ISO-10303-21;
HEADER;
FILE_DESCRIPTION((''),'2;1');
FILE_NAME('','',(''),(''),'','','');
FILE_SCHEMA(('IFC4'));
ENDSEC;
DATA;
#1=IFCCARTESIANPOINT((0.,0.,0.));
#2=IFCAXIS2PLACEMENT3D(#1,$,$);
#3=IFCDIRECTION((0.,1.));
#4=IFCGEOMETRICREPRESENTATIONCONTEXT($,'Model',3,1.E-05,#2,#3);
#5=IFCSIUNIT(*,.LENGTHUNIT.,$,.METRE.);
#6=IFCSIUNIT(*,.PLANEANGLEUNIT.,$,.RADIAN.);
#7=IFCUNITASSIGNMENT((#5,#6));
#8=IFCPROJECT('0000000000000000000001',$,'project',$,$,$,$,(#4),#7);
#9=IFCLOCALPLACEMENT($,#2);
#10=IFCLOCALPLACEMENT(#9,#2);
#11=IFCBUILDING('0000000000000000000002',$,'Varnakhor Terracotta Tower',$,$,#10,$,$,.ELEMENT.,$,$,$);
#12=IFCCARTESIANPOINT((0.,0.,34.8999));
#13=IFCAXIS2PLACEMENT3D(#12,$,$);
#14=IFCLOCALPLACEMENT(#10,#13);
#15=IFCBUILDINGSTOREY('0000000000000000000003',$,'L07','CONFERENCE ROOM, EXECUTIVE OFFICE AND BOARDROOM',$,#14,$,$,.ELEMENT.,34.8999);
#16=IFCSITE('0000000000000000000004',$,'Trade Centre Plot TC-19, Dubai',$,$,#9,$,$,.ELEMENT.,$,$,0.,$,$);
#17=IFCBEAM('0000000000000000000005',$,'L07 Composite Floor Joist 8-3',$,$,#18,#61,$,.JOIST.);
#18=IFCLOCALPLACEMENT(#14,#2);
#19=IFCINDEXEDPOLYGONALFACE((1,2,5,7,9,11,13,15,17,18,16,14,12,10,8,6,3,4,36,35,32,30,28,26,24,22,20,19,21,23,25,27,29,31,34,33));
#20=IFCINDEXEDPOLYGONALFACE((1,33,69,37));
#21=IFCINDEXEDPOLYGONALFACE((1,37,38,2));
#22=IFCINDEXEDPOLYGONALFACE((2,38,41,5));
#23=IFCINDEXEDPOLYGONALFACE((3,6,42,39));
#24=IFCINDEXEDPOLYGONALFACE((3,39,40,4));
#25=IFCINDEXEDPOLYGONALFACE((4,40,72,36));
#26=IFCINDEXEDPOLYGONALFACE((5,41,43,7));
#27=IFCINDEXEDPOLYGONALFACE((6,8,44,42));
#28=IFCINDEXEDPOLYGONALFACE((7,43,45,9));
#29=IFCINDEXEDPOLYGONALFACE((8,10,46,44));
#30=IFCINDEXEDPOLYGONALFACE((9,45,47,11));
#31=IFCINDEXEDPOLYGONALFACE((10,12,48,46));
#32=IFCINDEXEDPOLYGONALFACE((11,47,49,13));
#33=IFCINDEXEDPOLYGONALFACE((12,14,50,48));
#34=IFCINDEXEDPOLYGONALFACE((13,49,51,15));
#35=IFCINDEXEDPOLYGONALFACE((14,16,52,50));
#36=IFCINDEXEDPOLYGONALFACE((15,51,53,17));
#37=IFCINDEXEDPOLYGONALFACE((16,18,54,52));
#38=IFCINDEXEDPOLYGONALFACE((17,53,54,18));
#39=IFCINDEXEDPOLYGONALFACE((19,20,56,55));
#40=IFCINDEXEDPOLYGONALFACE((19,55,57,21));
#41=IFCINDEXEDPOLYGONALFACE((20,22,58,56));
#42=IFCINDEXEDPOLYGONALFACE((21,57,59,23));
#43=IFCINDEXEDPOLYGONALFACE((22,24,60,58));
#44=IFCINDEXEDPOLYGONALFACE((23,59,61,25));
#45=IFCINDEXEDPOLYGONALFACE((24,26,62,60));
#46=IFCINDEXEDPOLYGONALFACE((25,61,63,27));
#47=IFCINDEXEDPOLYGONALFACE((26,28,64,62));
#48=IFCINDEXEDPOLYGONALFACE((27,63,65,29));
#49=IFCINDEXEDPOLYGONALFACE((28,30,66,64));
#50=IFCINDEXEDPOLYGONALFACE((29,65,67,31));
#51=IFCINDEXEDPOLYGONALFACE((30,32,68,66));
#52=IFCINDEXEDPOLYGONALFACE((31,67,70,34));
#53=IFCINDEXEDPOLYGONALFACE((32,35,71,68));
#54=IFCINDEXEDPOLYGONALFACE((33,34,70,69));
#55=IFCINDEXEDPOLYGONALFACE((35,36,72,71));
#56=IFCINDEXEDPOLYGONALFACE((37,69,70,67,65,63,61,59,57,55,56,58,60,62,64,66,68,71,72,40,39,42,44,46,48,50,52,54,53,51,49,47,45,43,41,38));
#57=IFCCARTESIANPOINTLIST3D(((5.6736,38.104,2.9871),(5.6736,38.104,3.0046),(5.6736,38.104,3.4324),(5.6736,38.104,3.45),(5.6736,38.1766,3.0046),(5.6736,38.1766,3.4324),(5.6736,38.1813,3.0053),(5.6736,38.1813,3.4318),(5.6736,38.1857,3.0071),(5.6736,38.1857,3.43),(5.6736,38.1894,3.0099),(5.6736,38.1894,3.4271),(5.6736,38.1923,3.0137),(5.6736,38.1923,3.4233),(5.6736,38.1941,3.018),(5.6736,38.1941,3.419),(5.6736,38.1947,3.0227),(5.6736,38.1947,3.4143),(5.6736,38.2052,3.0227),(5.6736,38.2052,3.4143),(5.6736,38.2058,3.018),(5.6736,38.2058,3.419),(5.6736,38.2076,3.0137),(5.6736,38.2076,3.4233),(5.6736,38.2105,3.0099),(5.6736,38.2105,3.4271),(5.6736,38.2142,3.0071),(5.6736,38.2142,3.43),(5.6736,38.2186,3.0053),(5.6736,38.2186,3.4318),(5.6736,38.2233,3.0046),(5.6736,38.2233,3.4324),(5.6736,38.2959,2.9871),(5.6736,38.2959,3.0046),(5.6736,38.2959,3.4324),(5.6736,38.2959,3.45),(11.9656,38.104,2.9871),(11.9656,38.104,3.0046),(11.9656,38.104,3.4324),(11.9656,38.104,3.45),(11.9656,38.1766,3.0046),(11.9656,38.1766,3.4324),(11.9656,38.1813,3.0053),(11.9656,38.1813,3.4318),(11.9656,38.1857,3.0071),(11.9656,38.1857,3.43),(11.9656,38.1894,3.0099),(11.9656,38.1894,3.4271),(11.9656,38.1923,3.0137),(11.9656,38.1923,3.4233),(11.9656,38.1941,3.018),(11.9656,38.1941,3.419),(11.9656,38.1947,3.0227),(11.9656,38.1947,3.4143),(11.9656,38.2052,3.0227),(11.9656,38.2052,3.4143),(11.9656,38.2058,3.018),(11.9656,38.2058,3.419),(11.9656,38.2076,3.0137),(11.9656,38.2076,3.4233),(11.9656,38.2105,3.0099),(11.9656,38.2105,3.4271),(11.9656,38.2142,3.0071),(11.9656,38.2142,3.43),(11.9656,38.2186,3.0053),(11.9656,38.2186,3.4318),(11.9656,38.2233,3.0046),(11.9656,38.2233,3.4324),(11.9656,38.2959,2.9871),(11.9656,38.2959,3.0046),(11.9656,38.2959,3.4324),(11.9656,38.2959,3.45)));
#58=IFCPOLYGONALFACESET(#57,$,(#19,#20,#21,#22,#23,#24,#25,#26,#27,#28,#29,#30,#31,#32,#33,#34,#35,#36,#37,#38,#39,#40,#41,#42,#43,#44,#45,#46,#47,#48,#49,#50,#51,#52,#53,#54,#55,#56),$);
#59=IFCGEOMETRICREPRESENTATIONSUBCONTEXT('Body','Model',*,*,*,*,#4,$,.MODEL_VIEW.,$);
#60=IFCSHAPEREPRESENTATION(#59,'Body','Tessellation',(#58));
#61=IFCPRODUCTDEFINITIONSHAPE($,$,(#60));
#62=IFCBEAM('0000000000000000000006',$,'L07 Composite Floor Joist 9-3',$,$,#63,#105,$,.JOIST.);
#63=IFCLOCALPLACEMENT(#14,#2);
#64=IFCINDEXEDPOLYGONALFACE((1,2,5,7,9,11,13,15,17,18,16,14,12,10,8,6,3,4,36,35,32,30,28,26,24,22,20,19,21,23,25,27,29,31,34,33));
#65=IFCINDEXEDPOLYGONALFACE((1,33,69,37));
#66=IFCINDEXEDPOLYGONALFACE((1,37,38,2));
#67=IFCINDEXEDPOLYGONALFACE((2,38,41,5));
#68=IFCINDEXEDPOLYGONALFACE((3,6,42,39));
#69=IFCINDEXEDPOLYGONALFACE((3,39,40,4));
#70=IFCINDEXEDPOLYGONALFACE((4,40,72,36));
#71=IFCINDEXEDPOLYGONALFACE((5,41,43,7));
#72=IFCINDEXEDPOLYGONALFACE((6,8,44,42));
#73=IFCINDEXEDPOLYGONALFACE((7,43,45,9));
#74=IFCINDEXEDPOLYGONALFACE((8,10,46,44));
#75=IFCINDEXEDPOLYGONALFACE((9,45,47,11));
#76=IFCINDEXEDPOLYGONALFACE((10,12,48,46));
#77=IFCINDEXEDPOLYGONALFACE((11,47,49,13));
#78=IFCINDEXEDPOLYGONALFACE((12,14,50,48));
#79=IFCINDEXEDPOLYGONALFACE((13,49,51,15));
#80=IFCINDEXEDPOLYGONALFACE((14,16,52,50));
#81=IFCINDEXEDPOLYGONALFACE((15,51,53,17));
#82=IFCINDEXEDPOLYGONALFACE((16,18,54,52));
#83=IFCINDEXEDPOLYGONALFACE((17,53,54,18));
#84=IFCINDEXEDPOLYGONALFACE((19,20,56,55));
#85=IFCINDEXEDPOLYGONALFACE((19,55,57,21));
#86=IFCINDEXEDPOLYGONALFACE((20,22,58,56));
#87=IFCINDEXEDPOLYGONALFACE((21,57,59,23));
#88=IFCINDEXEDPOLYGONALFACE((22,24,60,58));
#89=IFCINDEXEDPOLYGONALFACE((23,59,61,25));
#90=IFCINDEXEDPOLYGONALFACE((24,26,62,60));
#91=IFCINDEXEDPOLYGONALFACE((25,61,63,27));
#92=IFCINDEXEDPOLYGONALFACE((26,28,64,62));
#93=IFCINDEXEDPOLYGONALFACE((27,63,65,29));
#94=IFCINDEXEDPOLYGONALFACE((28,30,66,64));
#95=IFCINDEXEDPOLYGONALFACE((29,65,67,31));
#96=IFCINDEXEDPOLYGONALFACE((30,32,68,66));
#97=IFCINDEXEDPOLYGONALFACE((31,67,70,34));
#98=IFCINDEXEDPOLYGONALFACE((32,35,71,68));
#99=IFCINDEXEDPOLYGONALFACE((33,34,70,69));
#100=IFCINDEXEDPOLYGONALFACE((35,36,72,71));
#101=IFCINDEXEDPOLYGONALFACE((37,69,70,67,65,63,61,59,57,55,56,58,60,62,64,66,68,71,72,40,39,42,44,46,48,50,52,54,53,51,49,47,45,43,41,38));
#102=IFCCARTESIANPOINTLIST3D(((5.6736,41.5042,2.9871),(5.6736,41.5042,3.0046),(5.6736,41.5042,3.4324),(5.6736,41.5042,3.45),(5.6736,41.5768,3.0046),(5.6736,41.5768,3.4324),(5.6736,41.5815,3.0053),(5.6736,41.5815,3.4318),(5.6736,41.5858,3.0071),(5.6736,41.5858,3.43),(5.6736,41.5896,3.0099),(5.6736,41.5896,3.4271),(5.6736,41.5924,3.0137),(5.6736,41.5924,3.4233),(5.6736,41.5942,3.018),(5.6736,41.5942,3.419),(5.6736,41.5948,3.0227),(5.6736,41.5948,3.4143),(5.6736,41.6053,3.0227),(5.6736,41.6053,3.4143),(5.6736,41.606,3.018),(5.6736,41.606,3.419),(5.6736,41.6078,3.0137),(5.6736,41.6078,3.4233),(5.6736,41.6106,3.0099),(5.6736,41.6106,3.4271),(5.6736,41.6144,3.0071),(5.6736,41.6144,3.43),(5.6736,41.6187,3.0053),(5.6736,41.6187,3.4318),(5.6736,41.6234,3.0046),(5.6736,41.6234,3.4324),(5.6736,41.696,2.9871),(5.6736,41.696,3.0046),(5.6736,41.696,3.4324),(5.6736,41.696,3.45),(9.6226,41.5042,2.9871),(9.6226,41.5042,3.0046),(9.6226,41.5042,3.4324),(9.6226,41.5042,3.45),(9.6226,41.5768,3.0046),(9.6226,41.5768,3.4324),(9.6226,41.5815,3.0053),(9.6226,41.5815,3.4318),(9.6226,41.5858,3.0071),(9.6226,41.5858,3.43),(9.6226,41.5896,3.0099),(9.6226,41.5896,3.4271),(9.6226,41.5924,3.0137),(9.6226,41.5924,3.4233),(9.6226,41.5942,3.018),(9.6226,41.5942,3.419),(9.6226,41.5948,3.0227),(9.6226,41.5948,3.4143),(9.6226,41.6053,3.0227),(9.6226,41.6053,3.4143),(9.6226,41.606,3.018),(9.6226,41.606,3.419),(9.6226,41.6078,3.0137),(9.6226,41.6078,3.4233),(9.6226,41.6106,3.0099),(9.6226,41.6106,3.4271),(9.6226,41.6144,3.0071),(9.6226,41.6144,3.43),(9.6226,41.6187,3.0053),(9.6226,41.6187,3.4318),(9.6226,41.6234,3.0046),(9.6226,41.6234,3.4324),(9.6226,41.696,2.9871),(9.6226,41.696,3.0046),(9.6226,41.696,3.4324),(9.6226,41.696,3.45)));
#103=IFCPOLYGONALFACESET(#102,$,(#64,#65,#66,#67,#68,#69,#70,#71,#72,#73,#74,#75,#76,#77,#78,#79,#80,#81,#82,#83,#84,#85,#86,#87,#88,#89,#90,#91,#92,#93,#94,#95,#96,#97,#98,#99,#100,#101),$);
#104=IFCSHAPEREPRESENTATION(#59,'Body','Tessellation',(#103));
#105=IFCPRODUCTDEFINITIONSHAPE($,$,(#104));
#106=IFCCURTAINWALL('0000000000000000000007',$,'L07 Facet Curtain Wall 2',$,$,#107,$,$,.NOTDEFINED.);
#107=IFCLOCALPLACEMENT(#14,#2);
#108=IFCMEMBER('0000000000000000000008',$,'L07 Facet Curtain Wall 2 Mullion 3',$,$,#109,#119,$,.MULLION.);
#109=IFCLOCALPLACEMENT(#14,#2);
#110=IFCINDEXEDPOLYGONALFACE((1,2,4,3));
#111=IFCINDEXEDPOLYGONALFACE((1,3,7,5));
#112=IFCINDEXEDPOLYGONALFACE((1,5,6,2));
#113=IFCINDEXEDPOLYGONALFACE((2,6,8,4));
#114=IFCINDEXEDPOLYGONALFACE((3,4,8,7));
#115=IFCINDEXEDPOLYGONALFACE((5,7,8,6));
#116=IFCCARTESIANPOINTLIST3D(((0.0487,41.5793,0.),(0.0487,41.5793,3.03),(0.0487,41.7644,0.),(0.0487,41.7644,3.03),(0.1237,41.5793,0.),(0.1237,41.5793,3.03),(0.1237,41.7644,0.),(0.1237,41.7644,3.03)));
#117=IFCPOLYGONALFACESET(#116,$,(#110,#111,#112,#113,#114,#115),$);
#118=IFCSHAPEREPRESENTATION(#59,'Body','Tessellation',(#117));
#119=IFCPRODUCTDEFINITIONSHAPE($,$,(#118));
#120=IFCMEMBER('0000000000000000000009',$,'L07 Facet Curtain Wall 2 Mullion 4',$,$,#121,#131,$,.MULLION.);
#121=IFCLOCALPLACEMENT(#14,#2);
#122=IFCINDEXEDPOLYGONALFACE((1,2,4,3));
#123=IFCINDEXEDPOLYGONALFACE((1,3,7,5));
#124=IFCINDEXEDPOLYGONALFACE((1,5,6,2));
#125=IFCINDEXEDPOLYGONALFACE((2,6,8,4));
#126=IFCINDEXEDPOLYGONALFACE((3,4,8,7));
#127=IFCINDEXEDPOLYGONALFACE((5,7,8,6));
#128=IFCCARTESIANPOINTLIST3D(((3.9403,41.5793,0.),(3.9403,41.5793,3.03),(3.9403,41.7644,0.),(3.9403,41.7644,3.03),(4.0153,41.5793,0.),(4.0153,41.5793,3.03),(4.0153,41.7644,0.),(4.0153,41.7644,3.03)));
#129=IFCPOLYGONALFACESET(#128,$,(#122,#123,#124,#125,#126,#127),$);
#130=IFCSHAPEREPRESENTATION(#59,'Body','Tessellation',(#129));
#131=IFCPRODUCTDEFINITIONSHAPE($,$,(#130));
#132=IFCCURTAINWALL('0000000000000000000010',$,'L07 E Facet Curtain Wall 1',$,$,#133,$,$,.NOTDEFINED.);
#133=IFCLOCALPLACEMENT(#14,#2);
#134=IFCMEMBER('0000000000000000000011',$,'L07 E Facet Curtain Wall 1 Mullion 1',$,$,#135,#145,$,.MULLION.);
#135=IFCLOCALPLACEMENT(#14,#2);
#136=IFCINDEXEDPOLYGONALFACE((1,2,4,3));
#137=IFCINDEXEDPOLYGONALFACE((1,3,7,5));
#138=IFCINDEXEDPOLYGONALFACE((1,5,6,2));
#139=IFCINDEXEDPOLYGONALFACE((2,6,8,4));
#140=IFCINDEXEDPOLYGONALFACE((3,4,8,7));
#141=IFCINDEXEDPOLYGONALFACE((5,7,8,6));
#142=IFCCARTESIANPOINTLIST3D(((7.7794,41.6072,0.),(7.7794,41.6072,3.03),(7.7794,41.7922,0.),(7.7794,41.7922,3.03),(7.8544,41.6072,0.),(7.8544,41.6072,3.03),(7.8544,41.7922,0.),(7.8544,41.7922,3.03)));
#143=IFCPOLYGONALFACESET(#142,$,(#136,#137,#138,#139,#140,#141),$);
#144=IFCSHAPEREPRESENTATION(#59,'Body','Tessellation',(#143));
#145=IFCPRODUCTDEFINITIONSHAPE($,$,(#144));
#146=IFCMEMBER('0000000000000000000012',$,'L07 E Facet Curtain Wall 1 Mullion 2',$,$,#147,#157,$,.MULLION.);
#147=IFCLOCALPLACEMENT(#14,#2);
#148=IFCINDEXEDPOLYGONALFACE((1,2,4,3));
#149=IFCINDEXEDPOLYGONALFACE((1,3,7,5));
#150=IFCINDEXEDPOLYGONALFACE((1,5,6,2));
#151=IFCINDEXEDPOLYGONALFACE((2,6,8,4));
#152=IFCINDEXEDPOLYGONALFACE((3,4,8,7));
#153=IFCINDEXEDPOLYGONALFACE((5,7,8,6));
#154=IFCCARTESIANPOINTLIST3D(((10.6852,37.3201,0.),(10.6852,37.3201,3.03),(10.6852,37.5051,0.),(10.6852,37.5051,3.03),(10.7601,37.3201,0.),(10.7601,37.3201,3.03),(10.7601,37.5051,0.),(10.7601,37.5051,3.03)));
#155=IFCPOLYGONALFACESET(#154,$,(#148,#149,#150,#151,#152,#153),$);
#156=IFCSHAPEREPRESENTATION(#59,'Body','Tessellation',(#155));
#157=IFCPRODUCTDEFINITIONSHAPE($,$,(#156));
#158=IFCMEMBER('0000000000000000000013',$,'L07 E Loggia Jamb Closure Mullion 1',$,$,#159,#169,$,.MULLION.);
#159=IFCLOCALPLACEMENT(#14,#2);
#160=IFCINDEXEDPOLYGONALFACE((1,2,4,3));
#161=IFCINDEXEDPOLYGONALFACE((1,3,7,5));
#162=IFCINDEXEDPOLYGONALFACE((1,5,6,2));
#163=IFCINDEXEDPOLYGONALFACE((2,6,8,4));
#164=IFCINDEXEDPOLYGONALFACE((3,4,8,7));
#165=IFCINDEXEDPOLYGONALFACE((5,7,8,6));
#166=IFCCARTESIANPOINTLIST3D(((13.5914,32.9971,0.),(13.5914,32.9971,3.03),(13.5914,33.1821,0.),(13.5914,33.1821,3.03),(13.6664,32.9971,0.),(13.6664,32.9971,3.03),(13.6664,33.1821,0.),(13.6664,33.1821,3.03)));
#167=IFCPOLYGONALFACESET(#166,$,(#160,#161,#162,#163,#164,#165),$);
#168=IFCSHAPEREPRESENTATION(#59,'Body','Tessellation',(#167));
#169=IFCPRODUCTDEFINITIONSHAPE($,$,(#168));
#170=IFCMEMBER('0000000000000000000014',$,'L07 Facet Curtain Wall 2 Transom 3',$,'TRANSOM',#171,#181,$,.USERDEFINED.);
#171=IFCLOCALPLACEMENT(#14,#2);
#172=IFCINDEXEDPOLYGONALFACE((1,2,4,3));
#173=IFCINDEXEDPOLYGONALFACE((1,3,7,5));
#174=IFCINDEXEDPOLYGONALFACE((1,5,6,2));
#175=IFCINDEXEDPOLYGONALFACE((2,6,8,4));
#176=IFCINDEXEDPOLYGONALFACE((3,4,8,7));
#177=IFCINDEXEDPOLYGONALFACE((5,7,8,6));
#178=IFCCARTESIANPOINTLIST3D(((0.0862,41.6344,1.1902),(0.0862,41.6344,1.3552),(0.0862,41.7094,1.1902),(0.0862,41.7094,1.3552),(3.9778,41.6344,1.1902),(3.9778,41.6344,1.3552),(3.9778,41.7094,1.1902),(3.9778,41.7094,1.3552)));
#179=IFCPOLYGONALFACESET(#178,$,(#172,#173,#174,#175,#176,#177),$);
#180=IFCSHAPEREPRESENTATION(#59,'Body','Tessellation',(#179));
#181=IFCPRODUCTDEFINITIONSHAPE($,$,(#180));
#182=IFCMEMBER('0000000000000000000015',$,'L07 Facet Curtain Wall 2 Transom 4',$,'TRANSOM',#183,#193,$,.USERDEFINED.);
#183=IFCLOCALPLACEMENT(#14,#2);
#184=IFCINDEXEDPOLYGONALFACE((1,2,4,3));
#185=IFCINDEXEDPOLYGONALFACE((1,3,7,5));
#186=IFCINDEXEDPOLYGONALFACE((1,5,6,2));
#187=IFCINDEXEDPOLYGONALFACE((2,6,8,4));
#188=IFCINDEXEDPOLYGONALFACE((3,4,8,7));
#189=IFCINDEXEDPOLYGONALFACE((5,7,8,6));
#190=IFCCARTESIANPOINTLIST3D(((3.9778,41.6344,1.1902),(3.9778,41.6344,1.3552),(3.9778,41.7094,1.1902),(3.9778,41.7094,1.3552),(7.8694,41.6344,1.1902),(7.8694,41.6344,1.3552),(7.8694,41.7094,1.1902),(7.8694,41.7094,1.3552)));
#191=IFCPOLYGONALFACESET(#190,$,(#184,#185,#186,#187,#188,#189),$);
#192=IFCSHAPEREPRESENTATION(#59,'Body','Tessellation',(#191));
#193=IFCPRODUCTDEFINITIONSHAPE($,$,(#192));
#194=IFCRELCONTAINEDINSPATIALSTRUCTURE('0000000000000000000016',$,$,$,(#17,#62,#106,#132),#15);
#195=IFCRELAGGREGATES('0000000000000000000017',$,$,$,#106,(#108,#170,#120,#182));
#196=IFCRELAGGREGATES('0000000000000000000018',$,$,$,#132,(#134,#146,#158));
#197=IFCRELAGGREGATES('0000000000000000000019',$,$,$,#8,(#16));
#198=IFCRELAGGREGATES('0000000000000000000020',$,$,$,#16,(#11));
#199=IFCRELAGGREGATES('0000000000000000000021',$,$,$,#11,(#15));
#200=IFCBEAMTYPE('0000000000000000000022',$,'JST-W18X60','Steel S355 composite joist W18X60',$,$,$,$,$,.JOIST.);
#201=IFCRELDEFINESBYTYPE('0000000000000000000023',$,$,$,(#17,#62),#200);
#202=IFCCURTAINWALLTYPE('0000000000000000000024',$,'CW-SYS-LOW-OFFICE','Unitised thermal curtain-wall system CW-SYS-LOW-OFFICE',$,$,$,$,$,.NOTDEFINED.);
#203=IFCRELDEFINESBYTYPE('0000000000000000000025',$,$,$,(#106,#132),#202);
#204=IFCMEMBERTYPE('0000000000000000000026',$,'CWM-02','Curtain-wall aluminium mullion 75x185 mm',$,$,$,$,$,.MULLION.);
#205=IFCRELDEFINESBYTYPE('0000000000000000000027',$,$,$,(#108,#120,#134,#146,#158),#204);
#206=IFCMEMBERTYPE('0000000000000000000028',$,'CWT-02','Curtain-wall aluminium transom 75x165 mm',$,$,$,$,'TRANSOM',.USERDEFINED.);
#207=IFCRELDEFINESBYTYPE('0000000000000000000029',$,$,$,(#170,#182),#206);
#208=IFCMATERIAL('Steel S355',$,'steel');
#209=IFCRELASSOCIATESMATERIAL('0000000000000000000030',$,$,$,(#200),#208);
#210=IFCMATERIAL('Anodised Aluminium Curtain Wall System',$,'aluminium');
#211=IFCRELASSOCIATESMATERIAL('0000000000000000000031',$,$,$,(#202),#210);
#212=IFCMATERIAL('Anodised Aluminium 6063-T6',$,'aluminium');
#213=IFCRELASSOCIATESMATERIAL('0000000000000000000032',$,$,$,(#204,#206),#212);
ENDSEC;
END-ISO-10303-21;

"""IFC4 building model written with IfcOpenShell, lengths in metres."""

from ifc_helpers import new_model, si_unit, direction, frame, origin, origin_2d, place, context, subcontext, project, spatial, rectangle, i_section, extrude, source, transform, mapped, material, material_profile, profile_set, type_object, type_shapes, element, aggregate, save


model = new_model("IFC4")

# Units and contexts
model_context = context("Model", 3, precision=1e-05, world=origin(), true_north=direction((0.0, 1.0)))
body_context = subcontext(model_context, "Body", "Model", "MODEL_VIEW")
ifc_project = project(units=[si_unit("LENGTHUNIT", "METRE"), si_unit("PLANEANGLEUNIT", "RADIAN")], contexts=[model_context])

# Site, building, storey
site_placement = place(None, origin())
site = spatial("IfcSite", under=ifc_project, at=site_placement, Name="Trade Centre Plot TC-19, Dubai", CompositionType="ELEMENT", RefElevation=0.0)
building_placement = place(site_placement, origin())
building = spatial("IfcBuilding", under=site, at=building_placement, Name="Varnakhor Terracotta Tower", CompositionType="ELEMENT")
storey_placement = place(building_placement, frame((0.0, 0.0, 34.8999)))
storey = spatial("IfcBuildingStorey", under=building, at=storey_placement, Name="L07", Description="CONFERENCE ROOM, EXECUTIVE OFFICE AND BOARDROOM", CompositionType="ELEMENT", Elevation=34.8999)

# Beams
ifc_material_1 = material(Name="Steel S355", Category="steel")
ifc_material_profile_1 = material_profile(ifc_material_1, i_section(OverallWidth=0.1919, OverallDepth=0.4629, WebThickness=0.0105, FlangeThickness=0.0176, FilletRadius=0.0181, at=origin_2d()), Name="W18X60")
ifc_profile_set_1 = profile_set([ifc_material_profile_1], Name="Steel S355")
beam_type_1 = type_object("IfcBeamType", Name="JST-W18X60", Description="Steel S355 composite joist W18X60", PredefinedType="JOIST", material=ifc_profile_set_1)
shared_shape_1 = source(origin(), body_context, "Body", "SweptSolid", [
    extrude(i_section(OverallWidth=0.1919, OverallDepth=0.4629, WebThickness=0.0105, FlangeThickness=0.0176, FilletRadius=0.0181, at=origin_2d()), origin(), (0.0, 0.0, 1.0), 6.292),
])
beam_1_placement = place(storey_placement, frame((5.6736, 38.2, 3.2185), z_axis=(1.0, 0.0, 0.0), x_axis=(0.0, 1.0, 0.0)))
element("IfcBeam", 1, at=beam_1_placement, inside=storey, type_object=beam_type_1, Name="L07 Composite Floor Joist 8-3", PredefinedType="JOIST", context=body_context, shape_type="MappedRepresentation", body=[
    mapped(shared_shape_1, transform((0.0, 0.0, 0.0), scale=1.0)),
])
shared_shape_2 = source(origin(), body_context, "Body", "SweptSolid", [
    extrude(i_section(OverallWidth=0.1919, OverallDepth=0.4629, WebThickness=0.0105, FlangeThickness=0.0176, FilletRadius=0.0181, at=origin_2d()), origin(), (0.0, 0.0, 1.0), 3.949),
])
beam_2_placement = place(storey_placement, frame((5.6736, 41.6001, 3.2185), z_axis=(1.0, 0.0, 0.0), x_axis=(0.0, 1.0, 0.0)))
element("IfcBeam", 2, at=beam_2_placement, inside=storey, type_object=beam_type_1, Name="L07 Composite Floor Joist 9-3", PredefinedType="JOIST", context=body_context, shape_type="MappedRepresentation", body=[
    mapped(shared_shape_2, transform((0.0, 0.0, 0.0), scale=1.0)),
])

# Curtain walls, members
ifc_material_2 = material(Name="Anodised Aluminium Curtain Wall System", Category="aluminium")
curtain_wall_type = type_object("IfcCurtainWallType", Name="CW-SYS-LOW-OFFICE", Description="Unitised thermal curtain-wall system CW-SYS-LOW-OFFICE", PredefinedType="NOTDEFINED", material=ifc_material_2)
curtain_wall_1_placement = place(storey_placement, origin())
curtain_wall_1 = element("IfcCurtainWall", 3, at=curtain_wall_1_placement, inside=storey, type_object=curtain_wall_type, Name="L07 Facet Curtain Wall 2", PredefinedType="NOTDEFINED")
ifc_material_3 = material(Name="Anodised Aluminium 6063-T6", Category="aluminium")
ifc_material_profile_2 = material_profile(ifc_material_3, rectangle(XDim=0.075, YDim=0.1851, at=origin_2d()), Name="ALU MULLION 75x185")
ifc_profile_set_2 = profile_set([ifc_material_profile_2], Name="Anodised Aluminium 6063-T6")
member_type_1 = type_object("IfcMemberType", Name="CWM-02", Description="Curtain-wall aluminium mullion 75x185 mm", PredefinedType="MULLION", material=ifc_profile_set_2)
shared_shape_3 = source(origin(), body_context, "Body", "SweptSolid", [
    extrude(rectangle(XDim=0.075, YDim=0.1851, at=origin_2d()), origin(), (0.0, 0.0, 1.0), 3.03),
])
type_shapes(member_type_1, [shared_shape_3])
member_1_placement = place(storey_placement, frame((0.0862, 41.6719, 0.0), z_axis=(0.0, 0.0, 1.0), x_axis=(1.0, 0.0, 0.0)))
member_1 = element("IfcMember", 4, at=member_1_placement, type_object=member_type_1, Name="L07 Facet Curtain Wall 2 Mullion 3", PredefinedType="MULLION", context=body_context, shape_type="MappedRepresentation", body=[
    mapped(shared_shape_3, transform((0.0, 0.0, 0.0), scale=1.0)),
])
member_2_placement = place(storey_placement, frame((3.9778, 41.6719, 0.0), z_axis=(0.0, 0.0, 1.0), x_axis=(1.0, 0.0, 0.0)))
member_2 = element("IfcMember", 5, at=member_2_placement, type_object=member_type_1, Name="L07 Facet Curtain Wall 2 Mullion 4", PredefinedType="MULLION", context=body_context, shape_type="MappedRepresentation", body=[
    mapped(shared_shape_3, transform((0.0, 0.0, 0.0), scale=1.0)),
])
curtain_wall_2_placement = place(storey_placement, origin())
curtain_wall_2 = element("IfcCurtainWall", 6, at=curtain_wall_2_placement, inside=storey, type_object=curtain_wall_type, Name="L07 E Facet Curtain Wall 1", PredefinedType="NOTDEFINED")
member_3_placement = place(storey_placement, frame((7.8169, 41.6997, 0.0), z_axis=(0.0, 0.0, 1.0), x_axis=(1.0, 0.0, 0.0)))
member_3 = element("IfcMember", 7, at=member_3_placement, type_object=member_type_1, Name="L07 E Facet Curtain Wall 1 Mullion 1", PredefinedType="MULLION", context=body_context, shape_type="MappedRepresentation", body=[
    mapped(shared_shape_3, transform((0.0, 0.0, 0.0), scale=1.0)),
])
member_4_placement = place(storey_placement, frame((10.7227, 37.4126, 0.0), z_axis=(0.0, 0.0, 1.0), x_axis=(1.0, 0.0, 0.0)))
member_4 = element("IfcMember", 8, at=member_4_placement, type_object=member_type_1, Name="L07 E Facet Curtain Wall 1 Mullion 2", PredefinedType="MULLION", context=body_context, shape_type="MappedRepresentation", body=[
    mapped(shared_shape_3, transform((0.0, 0.0, 0.0), scale=1.0)),
])
member_5_placement = place(storey_placement, frame((13.6289, 33.0896, 0.0), z_axis=(0.0, 0.0, 1.0), x_axis=(1.0, 0.0, 0.0)))
member_5 = element("IfcMember", 9, at=member_5_placement, type_object=member_type_1, Name="L07 E Loggia Jamb Closure Mullion 1", PredefinedType="MULLION", context=body_context, shape_type="MappedRepresentation", body=[
    mapped(shared_shape_3, transform((0.0, 0.0, 0.0), scale=1.0)),
])

# Members
ifc_material_profile_3 = material_profile(ifc_material_3, rectangle(XDim=0.075, YDim=0.165, at=origin_2d()), Name="ALU TRANSOM 75x165")
ifc_profile_set_3 = profile_set([ifc_material_profile_3], Name="Anodised Aluminium 6063-T6")
member_type_2 = type_object("IfcMemberType", Name="CWT-02", Description="Curtain-wall aluminium transom 75x165 mm", ElementType="TRANSOM", PredefinedType="USERDEFINED", material=ifc_profile_set_3)
shared_shape_4 = source(origin(), body_context, "Body", "SweptSolid", [
    extrude(rectangle(XDim=0.075, YDim=0.165, at=origin_2d()), origin(), (0.0, 0.0, 1.0), 3.8916),
])
member_6_placement = place(storey_placement, frame((0.0862, 41.6719, 1.2727), z_axis=(1.0, 0.0, 0.0), x_axis=(0.0, 1.0, 0.0)))
member_6 = element("IfcMember", 10, at=member_6_placement, type_object=member_type_2, Name="L07 Facet Curtain Wall 2 Transom 3", ObjectType="TRANSOM", PredefinedType="USERDEFINED", context=body_context, shape_type="MappedRepresentation", body=[
    mapped(shared_shape_4, transform((0.0, 0.0, 0.0), scale=1.0)),
])
member_7_placement = place(storey_placement, frame((3.9778, 41.6719, 1.2727), z_axis=(1.0, 0.0, 0.0), x_axis=(0.0, 1.0, 0.0)))
member_7 = element("IfcMember", 11, at=member_7_placement, type_object=member_type_2, Name="L07 Facet Curtain Wall 2 Transom 4", ObjectType="TRANSOM", PredefinedType="USERDEFINED", context=body_context, shape_type="MappedRepresentation", body=[
    mapped(shared_shape_4, transform((0.0, 0.0, 0.0), scale=1.0)),
])

aggregate(curtain_wall_1, [member_1, member_6, member_2, member_7])
aggregate(curtain_wall_2, [member_3, member_4, member_5])

save(model, "model.ifc")
